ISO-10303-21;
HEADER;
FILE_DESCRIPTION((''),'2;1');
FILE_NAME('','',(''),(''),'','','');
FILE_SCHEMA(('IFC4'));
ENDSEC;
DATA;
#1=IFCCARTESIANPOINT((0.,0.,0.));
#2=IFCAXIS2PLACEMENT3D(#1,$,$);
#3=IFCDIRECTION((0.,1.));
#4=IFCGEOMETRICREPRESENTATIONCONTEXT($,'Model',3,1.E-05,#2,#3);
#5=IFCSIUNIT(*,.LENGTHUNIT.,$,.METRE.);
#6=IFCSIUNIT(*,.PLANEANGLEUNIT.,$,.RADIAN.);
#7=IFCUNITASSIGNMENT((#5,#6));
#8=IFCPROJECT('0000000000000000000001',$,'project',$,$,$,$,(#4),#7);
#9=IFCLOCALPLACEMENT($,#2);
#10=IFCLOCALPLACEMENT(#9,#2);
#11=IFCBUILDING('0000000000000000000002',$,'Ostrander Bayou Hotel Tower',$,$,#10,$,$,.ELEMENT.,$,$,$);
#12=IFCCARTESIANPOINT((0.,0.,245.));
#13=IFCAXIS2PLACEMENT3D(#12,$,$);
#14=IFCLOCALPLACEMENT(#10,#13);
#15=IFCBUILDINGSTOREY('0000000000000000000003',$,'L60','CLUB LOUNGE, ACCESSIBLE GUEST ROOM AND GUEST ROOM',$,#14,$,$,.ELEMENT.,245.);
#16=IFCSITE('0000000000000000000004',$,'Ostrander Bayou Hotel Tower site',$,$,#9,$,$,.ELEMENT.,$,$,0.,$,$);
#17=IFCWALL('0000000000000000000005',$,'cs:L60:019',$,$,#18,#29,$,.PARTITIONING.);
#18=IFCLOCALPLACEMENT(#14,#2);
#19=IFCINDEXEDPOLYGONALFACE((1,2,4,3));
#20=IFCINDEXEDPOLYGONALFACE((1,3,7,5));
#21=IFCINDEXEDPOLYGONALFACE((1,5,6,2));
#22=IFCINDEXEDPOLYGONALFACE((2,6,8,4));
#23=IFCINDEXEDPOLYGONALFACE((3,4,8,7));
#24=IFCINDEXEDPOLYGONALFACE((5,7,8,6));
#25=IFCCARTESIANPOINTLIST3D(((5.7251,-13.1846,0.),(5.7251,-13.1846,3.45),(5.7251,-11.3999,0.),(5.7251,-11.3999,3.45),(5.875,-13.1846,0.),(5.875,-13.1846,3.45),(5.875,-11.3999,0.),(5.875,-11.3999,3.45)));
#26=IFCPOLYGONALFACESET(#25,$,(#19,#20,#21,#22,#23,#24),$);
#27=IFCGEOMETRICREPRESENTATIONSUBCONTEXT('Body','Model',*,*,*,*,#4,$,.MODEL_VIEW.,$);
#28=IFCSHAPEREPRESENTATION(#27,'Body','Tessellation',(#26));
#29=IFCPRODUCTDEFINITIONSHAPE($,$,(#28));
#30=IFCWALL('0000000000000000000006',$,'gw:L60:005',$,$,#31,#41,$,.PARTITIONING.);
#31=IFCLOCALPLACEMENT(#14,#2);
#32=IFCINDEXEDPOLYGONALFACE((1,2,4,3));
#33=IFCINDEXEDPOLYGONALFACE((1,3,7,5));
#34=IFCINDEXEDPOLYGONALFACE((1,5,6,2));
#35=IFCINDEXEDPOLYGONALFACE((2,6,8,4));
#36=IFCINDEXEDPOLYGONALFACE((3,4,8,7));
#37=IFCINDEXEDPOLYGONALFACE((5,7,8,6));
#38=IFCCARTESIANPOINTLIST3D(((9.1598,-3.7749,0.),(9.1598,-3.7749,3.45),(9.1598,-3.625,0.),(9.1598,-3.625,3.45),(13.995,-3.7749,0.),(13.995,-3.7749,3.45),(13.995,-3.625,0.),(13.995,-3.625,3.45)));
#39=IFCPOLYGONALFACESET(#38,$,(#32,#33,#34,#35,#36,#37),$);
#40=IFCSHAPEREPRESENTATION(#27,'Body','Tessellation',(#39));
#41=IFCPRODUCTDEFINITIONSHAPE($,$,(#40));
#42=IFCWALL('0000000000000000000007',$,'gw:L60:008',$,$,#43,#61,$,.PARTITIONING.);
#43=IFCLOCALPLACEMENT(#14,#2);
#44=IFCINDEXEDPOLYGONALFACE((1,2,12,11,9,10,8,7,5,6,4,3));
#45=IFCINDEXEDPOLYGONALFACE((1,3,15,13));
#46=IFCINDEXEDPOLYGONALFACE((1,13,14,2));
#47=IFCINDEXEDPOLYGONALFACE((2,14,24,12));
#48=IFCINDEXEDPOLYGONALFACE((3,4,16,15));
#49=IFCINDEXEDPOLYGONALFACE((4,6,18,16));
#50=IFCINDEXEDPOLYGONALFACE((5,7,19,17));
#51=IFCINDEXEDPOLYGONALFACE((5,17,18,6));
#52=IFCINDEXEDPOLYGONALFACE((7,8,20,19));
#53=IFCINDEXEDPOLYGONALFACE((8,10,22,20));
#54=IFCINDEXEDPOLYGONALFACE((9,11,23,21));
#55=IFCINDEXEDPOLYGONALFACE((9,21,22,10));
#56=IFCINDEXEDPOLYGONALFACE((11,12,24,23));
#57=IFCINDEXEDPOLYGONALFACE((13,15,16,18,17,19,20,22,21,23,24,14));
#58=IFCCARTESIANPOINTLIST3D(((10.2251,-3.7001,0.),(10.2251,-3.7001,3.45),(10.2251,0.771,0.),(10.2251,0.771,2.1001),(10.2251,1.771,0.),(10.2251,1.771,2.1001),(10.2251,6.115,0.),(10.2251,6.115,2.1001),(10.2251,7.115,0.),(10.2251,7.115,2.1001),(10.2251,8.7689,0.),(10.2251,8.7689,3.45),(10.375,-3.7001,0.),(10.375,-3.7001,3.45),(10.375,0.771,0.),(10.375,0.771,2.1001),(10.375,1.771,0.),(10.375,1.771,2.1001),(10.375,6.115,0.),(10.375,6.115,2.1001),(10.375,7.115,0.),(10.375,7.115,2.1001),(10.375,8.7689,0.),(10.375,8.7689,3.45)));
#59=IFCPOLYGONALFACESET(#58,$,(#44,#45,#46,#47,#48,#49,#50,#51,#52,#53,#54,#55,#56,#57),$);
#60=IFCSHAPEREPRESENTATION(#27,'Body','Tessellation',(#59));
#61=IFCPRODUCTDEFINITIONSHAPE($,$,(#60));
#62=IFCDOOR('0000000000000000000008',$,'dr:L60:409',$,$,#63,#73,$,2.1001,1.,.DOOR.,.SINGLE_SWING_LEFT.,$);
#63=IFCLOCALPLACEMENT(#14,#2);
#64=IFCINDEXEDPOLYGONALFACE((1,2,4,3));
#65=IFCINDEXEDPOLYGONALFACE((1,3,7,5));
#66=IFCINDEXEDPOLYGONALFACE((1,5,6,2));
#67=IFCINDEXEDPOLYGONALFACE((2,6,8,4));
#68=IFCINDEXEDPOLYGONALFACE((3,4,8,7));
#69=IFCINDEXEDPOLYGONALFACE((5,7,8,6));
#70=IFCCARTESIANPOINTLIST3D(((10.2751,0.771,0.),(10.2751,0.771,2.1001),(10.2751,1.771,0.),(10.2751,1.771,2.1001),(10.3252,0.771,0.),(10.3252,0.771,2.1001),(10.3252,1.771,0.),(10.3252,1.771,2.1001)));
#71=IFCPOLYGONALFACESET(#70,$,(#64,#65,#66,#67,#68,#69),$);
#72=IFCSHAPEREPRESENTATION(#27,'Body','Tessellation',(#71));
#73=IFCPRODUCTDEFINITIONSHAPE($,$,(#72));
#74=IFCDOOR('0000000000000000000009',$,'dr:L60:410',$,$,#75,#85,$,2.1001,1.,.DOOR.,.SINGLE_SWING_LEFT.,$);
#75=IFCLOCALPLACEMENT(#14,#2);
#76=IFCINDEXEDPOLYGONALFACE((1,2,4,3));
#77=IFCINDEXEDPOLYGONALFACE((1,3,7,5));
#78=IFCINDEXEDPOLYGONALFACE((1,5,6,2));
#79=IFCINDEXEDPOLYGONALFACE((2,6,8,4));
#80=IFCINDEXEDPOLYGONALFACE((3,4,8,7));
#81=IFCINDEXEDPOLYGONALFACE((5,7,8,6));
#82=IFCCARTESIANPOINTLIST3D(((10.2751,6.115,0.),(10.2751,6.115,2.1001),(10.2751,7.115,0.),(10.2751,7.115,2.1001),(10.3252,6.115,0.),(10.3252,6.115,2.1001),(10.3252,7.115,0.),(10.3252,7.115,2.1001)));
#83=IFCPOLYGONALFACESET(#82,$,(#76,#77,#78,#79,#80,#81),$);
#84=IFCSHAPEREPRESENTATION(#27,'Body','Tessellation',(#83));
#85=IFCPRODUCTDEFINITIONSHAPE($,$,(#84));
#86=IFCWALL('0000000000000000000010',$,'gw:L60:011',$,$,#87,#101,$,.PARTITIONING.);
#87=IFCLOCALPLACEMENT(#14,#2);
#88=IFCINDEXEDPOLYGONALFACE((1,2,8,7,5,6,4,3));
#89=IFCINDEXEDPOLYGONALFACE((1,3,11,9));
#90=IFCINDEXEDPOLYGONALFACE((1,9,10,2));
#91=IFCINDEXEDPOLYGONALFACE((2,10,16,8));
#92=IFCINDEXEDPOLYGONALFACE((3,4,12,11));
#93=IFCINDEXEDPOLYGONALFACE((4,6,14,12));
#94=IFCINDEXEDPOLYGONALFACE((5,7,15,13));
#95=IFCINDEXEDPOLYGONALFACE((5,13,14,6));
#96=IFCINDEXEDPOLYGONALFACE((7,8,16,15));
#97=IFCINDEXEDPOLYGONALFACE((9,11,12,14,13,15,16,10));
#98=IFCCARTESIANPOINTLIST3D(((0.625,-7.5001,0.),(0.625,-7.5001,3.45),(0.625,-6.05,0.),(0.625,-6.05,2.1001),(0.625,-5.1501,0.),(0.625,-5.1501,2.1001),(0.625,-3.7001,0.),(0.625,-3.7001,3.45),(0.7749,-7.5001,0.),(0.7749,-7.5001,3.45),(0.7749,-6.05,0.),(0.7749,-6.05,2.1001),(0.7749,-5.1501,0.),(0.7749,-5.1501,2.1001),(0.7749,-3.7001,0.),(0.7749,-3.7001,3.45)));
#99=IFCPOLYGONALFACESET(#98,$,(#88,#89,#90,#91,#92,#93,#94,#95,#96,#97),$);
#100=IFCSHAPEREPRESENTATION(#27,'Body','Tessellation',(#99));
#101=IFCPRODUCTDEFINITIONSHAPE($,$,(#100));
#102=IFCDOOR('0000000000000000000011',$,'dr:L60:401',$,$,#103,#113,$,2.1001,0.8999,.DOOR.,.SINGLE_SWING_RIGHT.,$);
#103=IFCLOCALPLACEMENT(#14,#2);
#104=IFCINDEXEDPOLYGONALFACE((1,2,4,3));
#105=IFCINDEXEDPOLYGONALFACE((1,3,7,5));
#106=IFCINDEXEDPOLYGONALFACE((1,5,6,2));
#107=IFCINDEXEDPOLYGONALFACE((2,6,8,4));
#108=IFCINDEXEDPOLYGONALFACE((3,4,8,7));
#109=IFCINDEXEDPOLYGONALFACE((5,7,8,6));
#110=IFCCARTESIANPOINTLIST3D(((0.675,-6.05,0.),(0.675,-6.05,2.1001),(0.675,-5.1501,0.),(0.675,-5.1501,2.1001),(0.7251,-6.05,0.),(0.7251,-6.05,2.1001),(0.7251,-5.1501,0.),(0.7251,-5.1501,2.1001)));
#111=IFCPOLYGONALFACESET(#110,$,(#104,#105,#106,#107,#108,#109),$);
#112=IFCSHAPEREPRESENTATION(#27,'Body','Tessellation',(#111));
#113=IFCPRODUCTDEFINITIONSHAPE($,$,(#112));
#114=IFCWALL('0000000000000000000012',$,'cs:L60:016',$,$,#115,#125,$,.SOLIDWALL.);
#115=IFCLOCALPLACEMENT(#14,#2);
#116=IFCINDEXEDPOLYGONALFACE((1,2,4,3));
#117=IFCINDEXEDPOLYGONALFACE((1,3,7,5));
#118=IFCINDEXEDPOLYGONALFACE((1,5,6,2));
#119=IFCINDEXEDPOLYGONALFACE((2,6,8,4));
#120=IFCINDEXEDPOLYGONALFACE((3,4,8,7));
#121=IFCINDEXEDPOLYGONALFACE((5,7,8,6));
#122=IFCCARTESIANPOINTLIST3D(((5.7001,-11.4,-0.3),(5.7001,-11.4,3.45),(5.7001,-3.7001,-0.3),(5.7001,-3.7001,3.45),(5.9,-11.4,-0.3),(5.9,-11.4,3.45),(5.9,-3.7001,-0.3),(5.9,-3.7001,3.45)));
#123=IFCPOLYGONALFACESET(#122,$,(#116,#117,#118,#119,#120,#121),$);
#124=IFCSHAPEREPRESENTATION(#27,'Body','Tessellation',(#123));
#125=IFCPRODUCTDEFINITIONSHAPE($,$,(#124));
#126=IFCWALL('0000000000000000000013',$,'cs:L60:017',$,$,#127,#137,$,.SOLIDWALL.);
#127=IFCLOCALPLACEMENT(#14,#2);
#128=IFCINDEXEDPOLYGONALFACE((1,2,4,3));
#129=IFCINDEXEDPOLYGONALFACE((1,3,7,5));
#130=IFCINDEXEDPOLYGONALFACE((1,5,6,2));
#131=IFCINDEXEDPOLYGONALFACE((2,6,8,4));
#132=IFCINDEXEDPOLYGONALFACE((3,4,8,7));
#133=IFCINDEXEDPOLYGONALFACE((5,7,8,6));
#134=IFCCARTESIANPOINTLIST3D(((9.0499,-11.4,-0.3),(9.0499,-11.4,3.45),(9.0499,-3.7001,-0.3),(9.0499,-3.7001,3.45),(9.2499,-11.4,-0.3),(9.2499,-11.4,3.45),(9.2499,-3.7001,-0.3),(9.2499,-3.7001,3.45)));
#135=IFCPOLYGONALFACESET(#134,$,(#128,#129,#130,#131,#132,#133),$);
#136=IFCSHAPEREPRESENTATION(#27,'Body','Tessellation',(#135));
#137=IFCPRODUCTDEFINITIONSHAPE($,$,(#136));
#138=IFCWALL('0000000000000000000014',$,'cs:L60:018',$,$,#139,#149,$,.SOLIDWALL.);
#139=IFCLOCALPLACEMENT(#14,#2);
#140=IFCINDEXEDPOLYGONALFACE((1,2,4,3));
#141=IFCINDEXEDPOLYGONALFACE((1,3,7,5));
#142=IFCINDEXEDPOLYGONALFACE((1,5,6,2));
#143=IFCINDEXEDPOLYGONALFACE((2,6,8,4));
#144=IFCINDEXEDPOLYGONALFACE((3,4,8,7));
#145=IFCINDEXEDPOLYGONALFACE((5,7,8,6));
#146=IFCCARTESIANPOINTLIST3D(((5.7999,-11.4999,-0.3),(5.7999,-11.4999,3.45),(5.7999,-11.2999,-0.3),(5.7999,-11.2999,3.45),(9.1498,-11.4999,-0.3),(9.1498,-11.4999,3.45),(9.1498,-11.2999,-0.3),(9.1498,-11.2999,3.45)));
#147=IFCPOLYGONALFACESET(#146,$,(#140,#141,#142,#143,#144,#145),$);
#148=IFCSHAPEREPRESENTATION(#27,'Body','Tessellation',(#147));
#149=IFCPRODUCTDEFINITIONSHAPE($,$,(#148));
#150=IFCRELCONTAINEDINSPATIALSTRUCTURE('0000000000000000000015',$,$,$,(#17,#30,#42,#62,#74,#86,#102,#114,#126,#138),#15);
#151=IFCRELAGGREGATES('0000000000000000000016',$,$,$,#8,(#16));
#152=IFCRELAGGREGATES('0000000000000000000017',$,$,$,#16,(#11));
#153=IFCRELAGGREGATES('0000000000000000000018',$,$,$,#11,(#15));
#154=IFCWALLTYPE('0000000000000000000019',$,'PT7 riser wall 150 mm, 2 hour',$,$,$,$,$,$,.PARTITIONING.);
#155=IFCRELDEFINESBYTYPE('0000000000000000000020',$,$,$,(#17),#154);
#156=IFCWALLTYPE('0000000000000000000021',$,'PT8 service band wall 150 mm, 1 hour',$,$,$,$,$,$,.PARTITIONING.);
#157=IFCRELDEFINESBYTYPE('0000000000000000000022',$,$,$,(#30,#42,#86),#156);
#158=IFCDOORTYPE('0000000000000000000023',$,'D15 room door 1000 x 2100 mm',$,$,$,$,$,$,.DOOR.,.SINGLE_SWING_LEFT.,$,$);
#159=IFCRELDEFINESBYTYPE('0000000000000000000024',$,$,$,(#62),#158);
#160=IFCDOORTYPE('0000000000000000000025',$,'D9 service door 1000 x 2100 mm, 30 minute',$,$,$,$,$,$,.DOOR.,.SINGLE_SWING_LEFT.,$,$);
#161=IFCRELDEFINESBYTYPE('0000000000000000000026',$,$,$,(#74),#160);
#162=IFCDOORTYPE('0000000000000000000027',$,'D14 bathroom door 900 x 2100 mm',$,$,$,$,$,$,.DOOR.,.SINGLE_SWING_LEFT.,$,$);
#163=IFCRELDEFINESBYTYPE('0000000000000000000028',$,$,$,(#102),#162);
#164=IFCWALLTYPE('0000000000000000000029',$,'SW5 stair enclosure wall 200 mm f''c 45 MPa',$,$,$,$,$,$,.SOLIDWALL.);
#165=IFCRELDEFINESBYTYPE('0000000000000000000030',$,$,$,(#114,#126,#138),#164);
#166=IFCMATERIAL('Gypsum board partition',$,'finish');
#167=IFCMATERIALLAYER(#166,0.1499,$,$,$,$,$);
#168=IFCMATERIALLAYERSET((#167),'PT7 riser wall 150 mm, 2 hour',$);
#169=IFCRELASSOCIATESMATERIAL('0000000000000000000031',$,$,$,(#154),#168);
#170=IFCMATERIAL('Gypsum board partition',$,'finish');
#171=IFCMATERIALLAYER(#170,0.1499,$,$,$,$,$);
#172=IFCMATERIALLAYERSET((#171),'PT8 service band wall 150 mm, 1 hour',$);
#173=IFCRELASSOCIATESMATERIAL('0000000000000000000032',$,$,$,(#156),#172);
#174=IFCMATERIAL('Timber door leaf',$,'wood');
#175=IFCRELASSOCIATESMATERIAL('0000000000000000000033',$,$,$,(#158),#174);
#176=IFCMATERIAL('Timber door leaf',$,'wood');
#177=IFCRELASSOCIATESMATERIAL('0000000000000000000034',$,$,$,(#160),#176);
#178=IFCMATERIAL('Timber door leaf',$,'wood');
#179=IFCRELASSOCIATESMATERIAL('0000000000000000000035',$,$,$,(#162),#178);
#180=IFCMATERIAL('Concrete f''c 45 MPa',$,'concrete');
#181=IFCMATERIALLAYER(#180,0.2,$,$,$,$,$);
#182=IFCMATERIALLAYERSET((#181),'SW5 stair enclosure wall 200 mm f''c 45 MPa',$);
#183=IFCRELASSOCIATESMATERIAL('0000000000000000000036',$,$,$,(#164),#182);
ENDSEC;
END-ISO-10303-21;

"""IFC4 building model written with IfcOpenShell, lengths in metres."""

from ifc_helpers import new_model, si_unit, direction, frame, frame_2d, origin, place, context, subcontext, project, spatial, rectangle, extrude, material, layer, layer_set, type_object, element, fill, save


model = new_model("IFC4")

# Units and contexts
model_context = context("Model", 3, precision=1e-05, world=origin(), true_north=direction((0.0, 1.0)))
body_context = subcontext(model_context, "Body", "Model", "MODEL_VIEW")
ifc_project = project(units=[si_unit("LENGTHUNIT", "METRE"), si_unit("PLANEANGLEUNIT", "RADIAN")], contexts=[model_context])

# Site, building, storey
site_placement = place(None, origin())
site = spatial("IfcSite", under=ifc_project, at=site_placement, Name="Ostrander Bayou Hotel Tower site", CompositionType="ELEMENT", RefElevation=0.0)
building_placement = place(site_placement, origin())
building = spatial("IfcBuilding", under=site, at=building_placement, Name="Ostrander Bayou Hotel Tower", CompositionType="ELEMENT")
storey_placement = place(building_placement, frame((0.0, 0.0, 245.0)))
storey = spatial("IfcBuildingStorey", under=building, at=storey_placement, Name="L60", Description="CLUB LOUNGE, ACCESSIBLE GUEST ROOM AND GUEST ROOM", CompositionType="ELEMENT", Elevation=245.0)

# Walls
ifc_material_1 = material(Name="Gypsum board partition", Category="finish")
ifc_layer_1 = layer(ifc_material_1, 0.1499)
ifc_layer_set_1 = layer_set([ifc_layer_1], Name="PT7 riser wall 150 mm, 2 hour")
wall_type_1 = type_object("IfcWallType", Name="PT7 riser wall 150 mm, 2 hour", PredefinedType="PARTITIONING", material=ifc_layer_set_1)
wall_1_placement = place(storey_placement, frame((5.8, -11.3999, 0.0), z_axis=(0.0, 0.0, 1.0), x_axis=(0.0, -1.0, 0.0)))
element("IfcWall", 1, at=wall_1_placement, inside=storey, type_object=wall_type_1, Name="cs:L60:019", PredefinedType="PARTITIONING", context=body_context, shape_type="SweptSolid", body=[
    extrude(rectangle(XDim=1.7847, YDim=0.1499, at=frame_2d((0.8923, 0.0))), origin(), (0.0, 0.0, 1.0), 3.45),
])
ifc_material_2 = material(Name="Gypsum board partition", Category="finish")
ifc_layer_2 = layer(ifc_material_2, 0.1499)
ifc_layer_set_2 = layer_set([ifc_layer_2], Name="PT8 service band wall 150 mm, 1 hour")
wall_type_2 = type_object("IfcWallType", Name="PT8 service band wall 150 mm, 1 hour", PredefinedType="PARTITIONING", material=ifc_layer_set_2)
wall_2_placement = place(storey_placement, frame((9.1599, -3.7, 0.0), z_axis=(0.0, 0.0, 1.0), x_axis=(1.0, 0.0, 0.0)))
element("IfcWall", 2, at=wall_2_placement, inside=storey, type_object=wall_type_2, Name="gw:L60:005", PredefinedType="PARTITIONING", context=body_context, shape_type="SweptSolid", body=[
    extrude(rectangle(XDim=4.8352, YDim=0.1499, at=frame_2d((2.4175, 0.0))), origin(), (0.0, 0.0, 1.0), 3.45),
])

# Wall, openings, doors
wall_3_placement = place(storey_placement, frame((10.3, -3.7, 0.0), z_axis=(0.0, 0.0, 1.0), x_axis=(0.0, 1.0, 0.0)))
wall_3 = element("IfcWall", 3, at=wall_3_placement, inside=storey, type_object=wall_type_2, Name="gw:L60:008", PredefinedType="PARTITIONING", context=body_context, shape_type="SweptSolid", body=[
    extrude(rectangle(XDim=12.469, YDim=0.1499, at=frame_2d((6.2344, 0.0))), origin(), (0.0, 0.0, 1.0), 3.45),
])
opening_1_placement = place(wall_3_placement, frame((4.4709, 0.0, 0.0)))
opening_1 = element("IfcOpeningElement", 4, at=opening_1_placement, cuts=wall_3, PredefinedType="OPENING", context=body_context, shape_type="SweptSolid", body=[
    extrude(rectangle(XDim=1.0, YDim=2.1001, at=frame_2d((0.5, 1.05))), frame((0.0, 0.075, 0.0), z_axis=(0.0, -1.0, 0.0), x_axis=(1.0, 0.0, 0.0)), (0.0, 0.0, 1.0), 0.1499),
])
opening_2_placement = place(wall_3_placement, frame((9.8149, 0.0, 0.0)))
opening_2 = element("IfcOpeningElement", 5, at=opening_2_placement, cuts=wall_3, PredefinedType="OPENING", context=body_context, shape_type="SweptSolid", body=[
    extrude(rectangle(XDim=1.0, YDim=2.1001, at=frame_2d((0.5, 1.05))), frame((0.0, 0.075, 0.0), z_axis=(0.0, -1.0, 0.0), x_axis=(1.0, 0.0, 0.0)), (0.0, 0.0, 1.0), 0.1499),
])
ifc_material_3 = material(Name="Timber door leaf", Category="wood")
door_type_1 = type_object("IfcDoorType", Name="D15 room door 1000 x 2100 mm", OperationType="SINGLE_SWING_LEFT", PredefinedType="DOOR", material=ifc_material_3)
door_1_placement = place(opening_1_placement, origin())
door_1 = element("IfcDoor", 6, at=door_1_placement, inside=storey, type_object=door_type_1, Name="dr:L60:409", OperationType="SINGLE_SWING_LEFT", OverallHeight=2.1001, OverallWidth=1.0, PredefinedType="DOOR", context=body_context, shape_type="SweptSolid", body=[
    extrude(rectangle(XDim=1.0, YDim=2.1001, at=frame_2d((0.5, 1.05))), frame((0.0, 0.0249, 0.0), z_axis=(0.0, -1.0, 0.0), x_axis=(1.0, 0.0, 0.0)), (0.0, 0.0, 1.0), 0.05),
])
fill(opening_1, door_1)
ifc_material_4 = material(Name="Timber door leaf", Category="wood")
door_type_2 = type_object("IfcDoorType", Name="D9 service door 1000 x 2100 mm, 30 minute", OperationType="SINGLE_SWING_LEFT", PredefinedType="DOOR", material=ifc_material_4)
door_2_placement = place(opening_2_placement, origin())
door_2 = element("IfcDoor", 7, at=door_2_placement, inside=storey, type_object=door_type_2, Name="dr:L60:410", OperationType="SINGLE_SWING_LEFT", OverallHeight=2.1001, OverallWidth=1.0, PredefinedType="DOOR", context=body_context, shape_type="SweptSolid", body=[
    extrude(rectangle(XDim=1.0, YDim=2.1001, at=frame_2d((0.5, 1.05))), frame((0.0, 0.0249, 0.0), z_axis=(0.0, -1.0, 0.0), x_axis=(1.0, 0.0, 0.0)), (0.0, 0.0, 1.0), 0.05),
])
fill(opening_2, door_2)

# Wall, opening, door
wall_4_placement = place(storey_placement, frame((0.7, -7.5, 0.0), z_axis=(0.0, 0.0, 1.0), x_axis=(0.0, 1.0, 0.0)))
wall_4 = element("IfcWall", 8, at=wall_4_placement, inside=storey, type_object=wall_type_2, Name="gw:L60:011", PredefinedType="PARTITIONING", context=body_context, shape_type="SweptSolid", body=[
    extrude(rectangle(XDim=3.8, YDim=0.1499, at=frame_2d((1.8999, 0.0))), origin(), (0.0, 0.0, 1.0), 3.45),
])
opening_3_placement = place(wall_4_placement, frame((1.45, 0.0, 0.0)))
opening_3 = element("IfcOpeningElement", 9, at=opening_3_placement, cuts=wall_4, PredefinedType="OPENING", context=body_context, shape_type="SweptSolid", body=[
    extrude(rectangle(XDim=0.8999, YDim=2.1001, at=frame_2d((0.45, 1.05))), frame((0.0, 0.075, 0.0), z_axis=(0.0, -1.0, 0.0), x_axis=(1.0, 0.0, 0.0)), (0.0, 0.0, 1.0), 0.1499),
])
ifc_material_5 = material(Name="Timber door leaf", Category="wood")
door_type_3 = type_object("IfcDoorType", Name="D14 bathroom door 900 x 2100 mm", OperationType="SINGLE_SWING_LEFT", PredefinedType="DOOR", material=ifc_material_5)
door_3_placement = place(opening_3_placement, origin())
door_3 = element("IfcDoor", 10, at=door_3_placement, inside=storey, type_object=door_type_3, Name="dr:L60:401", OperationType="SINGLE_SWING_RIGHT", OverallHeight=2.1001, OverallWidth=0.8999, PredefinedType="DOOR", context=body_context, shape_type="SweptSolid", body=[
    extrude(rectangle(XDim=0.8999, YDim=2.1001, at=frame_2d((0.45, 1.05))), frame((0.0, 0.0249, 0.0), z_axis=(0.0, -1.0, 0.0), x_axis=(1.0, 0.0, 0.0)), (0.0, 0.0, 1.0), 0.05),
])
fill(opening_3, door_3)
ifc_material_6 = material(Name="Concrete f'c 45 MPa", Category="concrete")
ifc_layer_3 = layer(ifc_material_6, 0.2)
ifc_layer_set_3 = layer_set([ifc_layer_3], Name="SW5 stair enclosure wall 200 mm f'c 45 MPa")
wall_type_3 = type_object("IfcWallType", Name="SW5 stair enclosure wall 200 mm f'c 45 MPa", PredefinedType="SOLIDWALL", material=ifc_layer_set_3)

# Walls
for number, where, z_axis, x_axis, name in (
    (11, (5.8, -3.7, -0.3), (0.0, 0.0, 1.0), (0.0, -1.0, 0.0), "cs:L60:016"),
    (12, (9.1499, -3.7, -0.3), (0.0, 0.0, 1.0), (0.0, -1.0, 0.0), "cs:L60:017"),
):
    element("IfcWall", number, at=place(storey_placement, frame(where, z_axis=z_axis, x_axis=x_axis)), inside=storey, type_object=wall_type_3, Name=name, PredefinedType="SOLIDWALL", context=body_context, shape_type="SweptSolid", body=[
        extrude(rectangle(XDim=7.7, YDim=0.2, at=frame_2d((3.8501, 0.0))), origin(), (0.0, 0.0, 1.0), 3.75),
    ])
wall_5_placement = place(storey_placement, frame((5.8, -11.3999, -0.3), z_axis=(0.0, 0.0, 1.0), x_axis=(1.0, 0.0, 0.0)))
element("IfcWall", 13, at=wall_5_placement, inside=storey, type_object=wall_type_3, Name="cs:L60:018", PredefinedType="SOLIDWALL", context=body_context, shape_type="SweptSolid", body=[
    extrude(rectangle(XDim=3.3499, YDim=0.2, at=frame_2d((1.6748, 0.0))), origin(), (0.0, 0.0, 1.0), 3.75),
])

save(model, "model.ifc")
